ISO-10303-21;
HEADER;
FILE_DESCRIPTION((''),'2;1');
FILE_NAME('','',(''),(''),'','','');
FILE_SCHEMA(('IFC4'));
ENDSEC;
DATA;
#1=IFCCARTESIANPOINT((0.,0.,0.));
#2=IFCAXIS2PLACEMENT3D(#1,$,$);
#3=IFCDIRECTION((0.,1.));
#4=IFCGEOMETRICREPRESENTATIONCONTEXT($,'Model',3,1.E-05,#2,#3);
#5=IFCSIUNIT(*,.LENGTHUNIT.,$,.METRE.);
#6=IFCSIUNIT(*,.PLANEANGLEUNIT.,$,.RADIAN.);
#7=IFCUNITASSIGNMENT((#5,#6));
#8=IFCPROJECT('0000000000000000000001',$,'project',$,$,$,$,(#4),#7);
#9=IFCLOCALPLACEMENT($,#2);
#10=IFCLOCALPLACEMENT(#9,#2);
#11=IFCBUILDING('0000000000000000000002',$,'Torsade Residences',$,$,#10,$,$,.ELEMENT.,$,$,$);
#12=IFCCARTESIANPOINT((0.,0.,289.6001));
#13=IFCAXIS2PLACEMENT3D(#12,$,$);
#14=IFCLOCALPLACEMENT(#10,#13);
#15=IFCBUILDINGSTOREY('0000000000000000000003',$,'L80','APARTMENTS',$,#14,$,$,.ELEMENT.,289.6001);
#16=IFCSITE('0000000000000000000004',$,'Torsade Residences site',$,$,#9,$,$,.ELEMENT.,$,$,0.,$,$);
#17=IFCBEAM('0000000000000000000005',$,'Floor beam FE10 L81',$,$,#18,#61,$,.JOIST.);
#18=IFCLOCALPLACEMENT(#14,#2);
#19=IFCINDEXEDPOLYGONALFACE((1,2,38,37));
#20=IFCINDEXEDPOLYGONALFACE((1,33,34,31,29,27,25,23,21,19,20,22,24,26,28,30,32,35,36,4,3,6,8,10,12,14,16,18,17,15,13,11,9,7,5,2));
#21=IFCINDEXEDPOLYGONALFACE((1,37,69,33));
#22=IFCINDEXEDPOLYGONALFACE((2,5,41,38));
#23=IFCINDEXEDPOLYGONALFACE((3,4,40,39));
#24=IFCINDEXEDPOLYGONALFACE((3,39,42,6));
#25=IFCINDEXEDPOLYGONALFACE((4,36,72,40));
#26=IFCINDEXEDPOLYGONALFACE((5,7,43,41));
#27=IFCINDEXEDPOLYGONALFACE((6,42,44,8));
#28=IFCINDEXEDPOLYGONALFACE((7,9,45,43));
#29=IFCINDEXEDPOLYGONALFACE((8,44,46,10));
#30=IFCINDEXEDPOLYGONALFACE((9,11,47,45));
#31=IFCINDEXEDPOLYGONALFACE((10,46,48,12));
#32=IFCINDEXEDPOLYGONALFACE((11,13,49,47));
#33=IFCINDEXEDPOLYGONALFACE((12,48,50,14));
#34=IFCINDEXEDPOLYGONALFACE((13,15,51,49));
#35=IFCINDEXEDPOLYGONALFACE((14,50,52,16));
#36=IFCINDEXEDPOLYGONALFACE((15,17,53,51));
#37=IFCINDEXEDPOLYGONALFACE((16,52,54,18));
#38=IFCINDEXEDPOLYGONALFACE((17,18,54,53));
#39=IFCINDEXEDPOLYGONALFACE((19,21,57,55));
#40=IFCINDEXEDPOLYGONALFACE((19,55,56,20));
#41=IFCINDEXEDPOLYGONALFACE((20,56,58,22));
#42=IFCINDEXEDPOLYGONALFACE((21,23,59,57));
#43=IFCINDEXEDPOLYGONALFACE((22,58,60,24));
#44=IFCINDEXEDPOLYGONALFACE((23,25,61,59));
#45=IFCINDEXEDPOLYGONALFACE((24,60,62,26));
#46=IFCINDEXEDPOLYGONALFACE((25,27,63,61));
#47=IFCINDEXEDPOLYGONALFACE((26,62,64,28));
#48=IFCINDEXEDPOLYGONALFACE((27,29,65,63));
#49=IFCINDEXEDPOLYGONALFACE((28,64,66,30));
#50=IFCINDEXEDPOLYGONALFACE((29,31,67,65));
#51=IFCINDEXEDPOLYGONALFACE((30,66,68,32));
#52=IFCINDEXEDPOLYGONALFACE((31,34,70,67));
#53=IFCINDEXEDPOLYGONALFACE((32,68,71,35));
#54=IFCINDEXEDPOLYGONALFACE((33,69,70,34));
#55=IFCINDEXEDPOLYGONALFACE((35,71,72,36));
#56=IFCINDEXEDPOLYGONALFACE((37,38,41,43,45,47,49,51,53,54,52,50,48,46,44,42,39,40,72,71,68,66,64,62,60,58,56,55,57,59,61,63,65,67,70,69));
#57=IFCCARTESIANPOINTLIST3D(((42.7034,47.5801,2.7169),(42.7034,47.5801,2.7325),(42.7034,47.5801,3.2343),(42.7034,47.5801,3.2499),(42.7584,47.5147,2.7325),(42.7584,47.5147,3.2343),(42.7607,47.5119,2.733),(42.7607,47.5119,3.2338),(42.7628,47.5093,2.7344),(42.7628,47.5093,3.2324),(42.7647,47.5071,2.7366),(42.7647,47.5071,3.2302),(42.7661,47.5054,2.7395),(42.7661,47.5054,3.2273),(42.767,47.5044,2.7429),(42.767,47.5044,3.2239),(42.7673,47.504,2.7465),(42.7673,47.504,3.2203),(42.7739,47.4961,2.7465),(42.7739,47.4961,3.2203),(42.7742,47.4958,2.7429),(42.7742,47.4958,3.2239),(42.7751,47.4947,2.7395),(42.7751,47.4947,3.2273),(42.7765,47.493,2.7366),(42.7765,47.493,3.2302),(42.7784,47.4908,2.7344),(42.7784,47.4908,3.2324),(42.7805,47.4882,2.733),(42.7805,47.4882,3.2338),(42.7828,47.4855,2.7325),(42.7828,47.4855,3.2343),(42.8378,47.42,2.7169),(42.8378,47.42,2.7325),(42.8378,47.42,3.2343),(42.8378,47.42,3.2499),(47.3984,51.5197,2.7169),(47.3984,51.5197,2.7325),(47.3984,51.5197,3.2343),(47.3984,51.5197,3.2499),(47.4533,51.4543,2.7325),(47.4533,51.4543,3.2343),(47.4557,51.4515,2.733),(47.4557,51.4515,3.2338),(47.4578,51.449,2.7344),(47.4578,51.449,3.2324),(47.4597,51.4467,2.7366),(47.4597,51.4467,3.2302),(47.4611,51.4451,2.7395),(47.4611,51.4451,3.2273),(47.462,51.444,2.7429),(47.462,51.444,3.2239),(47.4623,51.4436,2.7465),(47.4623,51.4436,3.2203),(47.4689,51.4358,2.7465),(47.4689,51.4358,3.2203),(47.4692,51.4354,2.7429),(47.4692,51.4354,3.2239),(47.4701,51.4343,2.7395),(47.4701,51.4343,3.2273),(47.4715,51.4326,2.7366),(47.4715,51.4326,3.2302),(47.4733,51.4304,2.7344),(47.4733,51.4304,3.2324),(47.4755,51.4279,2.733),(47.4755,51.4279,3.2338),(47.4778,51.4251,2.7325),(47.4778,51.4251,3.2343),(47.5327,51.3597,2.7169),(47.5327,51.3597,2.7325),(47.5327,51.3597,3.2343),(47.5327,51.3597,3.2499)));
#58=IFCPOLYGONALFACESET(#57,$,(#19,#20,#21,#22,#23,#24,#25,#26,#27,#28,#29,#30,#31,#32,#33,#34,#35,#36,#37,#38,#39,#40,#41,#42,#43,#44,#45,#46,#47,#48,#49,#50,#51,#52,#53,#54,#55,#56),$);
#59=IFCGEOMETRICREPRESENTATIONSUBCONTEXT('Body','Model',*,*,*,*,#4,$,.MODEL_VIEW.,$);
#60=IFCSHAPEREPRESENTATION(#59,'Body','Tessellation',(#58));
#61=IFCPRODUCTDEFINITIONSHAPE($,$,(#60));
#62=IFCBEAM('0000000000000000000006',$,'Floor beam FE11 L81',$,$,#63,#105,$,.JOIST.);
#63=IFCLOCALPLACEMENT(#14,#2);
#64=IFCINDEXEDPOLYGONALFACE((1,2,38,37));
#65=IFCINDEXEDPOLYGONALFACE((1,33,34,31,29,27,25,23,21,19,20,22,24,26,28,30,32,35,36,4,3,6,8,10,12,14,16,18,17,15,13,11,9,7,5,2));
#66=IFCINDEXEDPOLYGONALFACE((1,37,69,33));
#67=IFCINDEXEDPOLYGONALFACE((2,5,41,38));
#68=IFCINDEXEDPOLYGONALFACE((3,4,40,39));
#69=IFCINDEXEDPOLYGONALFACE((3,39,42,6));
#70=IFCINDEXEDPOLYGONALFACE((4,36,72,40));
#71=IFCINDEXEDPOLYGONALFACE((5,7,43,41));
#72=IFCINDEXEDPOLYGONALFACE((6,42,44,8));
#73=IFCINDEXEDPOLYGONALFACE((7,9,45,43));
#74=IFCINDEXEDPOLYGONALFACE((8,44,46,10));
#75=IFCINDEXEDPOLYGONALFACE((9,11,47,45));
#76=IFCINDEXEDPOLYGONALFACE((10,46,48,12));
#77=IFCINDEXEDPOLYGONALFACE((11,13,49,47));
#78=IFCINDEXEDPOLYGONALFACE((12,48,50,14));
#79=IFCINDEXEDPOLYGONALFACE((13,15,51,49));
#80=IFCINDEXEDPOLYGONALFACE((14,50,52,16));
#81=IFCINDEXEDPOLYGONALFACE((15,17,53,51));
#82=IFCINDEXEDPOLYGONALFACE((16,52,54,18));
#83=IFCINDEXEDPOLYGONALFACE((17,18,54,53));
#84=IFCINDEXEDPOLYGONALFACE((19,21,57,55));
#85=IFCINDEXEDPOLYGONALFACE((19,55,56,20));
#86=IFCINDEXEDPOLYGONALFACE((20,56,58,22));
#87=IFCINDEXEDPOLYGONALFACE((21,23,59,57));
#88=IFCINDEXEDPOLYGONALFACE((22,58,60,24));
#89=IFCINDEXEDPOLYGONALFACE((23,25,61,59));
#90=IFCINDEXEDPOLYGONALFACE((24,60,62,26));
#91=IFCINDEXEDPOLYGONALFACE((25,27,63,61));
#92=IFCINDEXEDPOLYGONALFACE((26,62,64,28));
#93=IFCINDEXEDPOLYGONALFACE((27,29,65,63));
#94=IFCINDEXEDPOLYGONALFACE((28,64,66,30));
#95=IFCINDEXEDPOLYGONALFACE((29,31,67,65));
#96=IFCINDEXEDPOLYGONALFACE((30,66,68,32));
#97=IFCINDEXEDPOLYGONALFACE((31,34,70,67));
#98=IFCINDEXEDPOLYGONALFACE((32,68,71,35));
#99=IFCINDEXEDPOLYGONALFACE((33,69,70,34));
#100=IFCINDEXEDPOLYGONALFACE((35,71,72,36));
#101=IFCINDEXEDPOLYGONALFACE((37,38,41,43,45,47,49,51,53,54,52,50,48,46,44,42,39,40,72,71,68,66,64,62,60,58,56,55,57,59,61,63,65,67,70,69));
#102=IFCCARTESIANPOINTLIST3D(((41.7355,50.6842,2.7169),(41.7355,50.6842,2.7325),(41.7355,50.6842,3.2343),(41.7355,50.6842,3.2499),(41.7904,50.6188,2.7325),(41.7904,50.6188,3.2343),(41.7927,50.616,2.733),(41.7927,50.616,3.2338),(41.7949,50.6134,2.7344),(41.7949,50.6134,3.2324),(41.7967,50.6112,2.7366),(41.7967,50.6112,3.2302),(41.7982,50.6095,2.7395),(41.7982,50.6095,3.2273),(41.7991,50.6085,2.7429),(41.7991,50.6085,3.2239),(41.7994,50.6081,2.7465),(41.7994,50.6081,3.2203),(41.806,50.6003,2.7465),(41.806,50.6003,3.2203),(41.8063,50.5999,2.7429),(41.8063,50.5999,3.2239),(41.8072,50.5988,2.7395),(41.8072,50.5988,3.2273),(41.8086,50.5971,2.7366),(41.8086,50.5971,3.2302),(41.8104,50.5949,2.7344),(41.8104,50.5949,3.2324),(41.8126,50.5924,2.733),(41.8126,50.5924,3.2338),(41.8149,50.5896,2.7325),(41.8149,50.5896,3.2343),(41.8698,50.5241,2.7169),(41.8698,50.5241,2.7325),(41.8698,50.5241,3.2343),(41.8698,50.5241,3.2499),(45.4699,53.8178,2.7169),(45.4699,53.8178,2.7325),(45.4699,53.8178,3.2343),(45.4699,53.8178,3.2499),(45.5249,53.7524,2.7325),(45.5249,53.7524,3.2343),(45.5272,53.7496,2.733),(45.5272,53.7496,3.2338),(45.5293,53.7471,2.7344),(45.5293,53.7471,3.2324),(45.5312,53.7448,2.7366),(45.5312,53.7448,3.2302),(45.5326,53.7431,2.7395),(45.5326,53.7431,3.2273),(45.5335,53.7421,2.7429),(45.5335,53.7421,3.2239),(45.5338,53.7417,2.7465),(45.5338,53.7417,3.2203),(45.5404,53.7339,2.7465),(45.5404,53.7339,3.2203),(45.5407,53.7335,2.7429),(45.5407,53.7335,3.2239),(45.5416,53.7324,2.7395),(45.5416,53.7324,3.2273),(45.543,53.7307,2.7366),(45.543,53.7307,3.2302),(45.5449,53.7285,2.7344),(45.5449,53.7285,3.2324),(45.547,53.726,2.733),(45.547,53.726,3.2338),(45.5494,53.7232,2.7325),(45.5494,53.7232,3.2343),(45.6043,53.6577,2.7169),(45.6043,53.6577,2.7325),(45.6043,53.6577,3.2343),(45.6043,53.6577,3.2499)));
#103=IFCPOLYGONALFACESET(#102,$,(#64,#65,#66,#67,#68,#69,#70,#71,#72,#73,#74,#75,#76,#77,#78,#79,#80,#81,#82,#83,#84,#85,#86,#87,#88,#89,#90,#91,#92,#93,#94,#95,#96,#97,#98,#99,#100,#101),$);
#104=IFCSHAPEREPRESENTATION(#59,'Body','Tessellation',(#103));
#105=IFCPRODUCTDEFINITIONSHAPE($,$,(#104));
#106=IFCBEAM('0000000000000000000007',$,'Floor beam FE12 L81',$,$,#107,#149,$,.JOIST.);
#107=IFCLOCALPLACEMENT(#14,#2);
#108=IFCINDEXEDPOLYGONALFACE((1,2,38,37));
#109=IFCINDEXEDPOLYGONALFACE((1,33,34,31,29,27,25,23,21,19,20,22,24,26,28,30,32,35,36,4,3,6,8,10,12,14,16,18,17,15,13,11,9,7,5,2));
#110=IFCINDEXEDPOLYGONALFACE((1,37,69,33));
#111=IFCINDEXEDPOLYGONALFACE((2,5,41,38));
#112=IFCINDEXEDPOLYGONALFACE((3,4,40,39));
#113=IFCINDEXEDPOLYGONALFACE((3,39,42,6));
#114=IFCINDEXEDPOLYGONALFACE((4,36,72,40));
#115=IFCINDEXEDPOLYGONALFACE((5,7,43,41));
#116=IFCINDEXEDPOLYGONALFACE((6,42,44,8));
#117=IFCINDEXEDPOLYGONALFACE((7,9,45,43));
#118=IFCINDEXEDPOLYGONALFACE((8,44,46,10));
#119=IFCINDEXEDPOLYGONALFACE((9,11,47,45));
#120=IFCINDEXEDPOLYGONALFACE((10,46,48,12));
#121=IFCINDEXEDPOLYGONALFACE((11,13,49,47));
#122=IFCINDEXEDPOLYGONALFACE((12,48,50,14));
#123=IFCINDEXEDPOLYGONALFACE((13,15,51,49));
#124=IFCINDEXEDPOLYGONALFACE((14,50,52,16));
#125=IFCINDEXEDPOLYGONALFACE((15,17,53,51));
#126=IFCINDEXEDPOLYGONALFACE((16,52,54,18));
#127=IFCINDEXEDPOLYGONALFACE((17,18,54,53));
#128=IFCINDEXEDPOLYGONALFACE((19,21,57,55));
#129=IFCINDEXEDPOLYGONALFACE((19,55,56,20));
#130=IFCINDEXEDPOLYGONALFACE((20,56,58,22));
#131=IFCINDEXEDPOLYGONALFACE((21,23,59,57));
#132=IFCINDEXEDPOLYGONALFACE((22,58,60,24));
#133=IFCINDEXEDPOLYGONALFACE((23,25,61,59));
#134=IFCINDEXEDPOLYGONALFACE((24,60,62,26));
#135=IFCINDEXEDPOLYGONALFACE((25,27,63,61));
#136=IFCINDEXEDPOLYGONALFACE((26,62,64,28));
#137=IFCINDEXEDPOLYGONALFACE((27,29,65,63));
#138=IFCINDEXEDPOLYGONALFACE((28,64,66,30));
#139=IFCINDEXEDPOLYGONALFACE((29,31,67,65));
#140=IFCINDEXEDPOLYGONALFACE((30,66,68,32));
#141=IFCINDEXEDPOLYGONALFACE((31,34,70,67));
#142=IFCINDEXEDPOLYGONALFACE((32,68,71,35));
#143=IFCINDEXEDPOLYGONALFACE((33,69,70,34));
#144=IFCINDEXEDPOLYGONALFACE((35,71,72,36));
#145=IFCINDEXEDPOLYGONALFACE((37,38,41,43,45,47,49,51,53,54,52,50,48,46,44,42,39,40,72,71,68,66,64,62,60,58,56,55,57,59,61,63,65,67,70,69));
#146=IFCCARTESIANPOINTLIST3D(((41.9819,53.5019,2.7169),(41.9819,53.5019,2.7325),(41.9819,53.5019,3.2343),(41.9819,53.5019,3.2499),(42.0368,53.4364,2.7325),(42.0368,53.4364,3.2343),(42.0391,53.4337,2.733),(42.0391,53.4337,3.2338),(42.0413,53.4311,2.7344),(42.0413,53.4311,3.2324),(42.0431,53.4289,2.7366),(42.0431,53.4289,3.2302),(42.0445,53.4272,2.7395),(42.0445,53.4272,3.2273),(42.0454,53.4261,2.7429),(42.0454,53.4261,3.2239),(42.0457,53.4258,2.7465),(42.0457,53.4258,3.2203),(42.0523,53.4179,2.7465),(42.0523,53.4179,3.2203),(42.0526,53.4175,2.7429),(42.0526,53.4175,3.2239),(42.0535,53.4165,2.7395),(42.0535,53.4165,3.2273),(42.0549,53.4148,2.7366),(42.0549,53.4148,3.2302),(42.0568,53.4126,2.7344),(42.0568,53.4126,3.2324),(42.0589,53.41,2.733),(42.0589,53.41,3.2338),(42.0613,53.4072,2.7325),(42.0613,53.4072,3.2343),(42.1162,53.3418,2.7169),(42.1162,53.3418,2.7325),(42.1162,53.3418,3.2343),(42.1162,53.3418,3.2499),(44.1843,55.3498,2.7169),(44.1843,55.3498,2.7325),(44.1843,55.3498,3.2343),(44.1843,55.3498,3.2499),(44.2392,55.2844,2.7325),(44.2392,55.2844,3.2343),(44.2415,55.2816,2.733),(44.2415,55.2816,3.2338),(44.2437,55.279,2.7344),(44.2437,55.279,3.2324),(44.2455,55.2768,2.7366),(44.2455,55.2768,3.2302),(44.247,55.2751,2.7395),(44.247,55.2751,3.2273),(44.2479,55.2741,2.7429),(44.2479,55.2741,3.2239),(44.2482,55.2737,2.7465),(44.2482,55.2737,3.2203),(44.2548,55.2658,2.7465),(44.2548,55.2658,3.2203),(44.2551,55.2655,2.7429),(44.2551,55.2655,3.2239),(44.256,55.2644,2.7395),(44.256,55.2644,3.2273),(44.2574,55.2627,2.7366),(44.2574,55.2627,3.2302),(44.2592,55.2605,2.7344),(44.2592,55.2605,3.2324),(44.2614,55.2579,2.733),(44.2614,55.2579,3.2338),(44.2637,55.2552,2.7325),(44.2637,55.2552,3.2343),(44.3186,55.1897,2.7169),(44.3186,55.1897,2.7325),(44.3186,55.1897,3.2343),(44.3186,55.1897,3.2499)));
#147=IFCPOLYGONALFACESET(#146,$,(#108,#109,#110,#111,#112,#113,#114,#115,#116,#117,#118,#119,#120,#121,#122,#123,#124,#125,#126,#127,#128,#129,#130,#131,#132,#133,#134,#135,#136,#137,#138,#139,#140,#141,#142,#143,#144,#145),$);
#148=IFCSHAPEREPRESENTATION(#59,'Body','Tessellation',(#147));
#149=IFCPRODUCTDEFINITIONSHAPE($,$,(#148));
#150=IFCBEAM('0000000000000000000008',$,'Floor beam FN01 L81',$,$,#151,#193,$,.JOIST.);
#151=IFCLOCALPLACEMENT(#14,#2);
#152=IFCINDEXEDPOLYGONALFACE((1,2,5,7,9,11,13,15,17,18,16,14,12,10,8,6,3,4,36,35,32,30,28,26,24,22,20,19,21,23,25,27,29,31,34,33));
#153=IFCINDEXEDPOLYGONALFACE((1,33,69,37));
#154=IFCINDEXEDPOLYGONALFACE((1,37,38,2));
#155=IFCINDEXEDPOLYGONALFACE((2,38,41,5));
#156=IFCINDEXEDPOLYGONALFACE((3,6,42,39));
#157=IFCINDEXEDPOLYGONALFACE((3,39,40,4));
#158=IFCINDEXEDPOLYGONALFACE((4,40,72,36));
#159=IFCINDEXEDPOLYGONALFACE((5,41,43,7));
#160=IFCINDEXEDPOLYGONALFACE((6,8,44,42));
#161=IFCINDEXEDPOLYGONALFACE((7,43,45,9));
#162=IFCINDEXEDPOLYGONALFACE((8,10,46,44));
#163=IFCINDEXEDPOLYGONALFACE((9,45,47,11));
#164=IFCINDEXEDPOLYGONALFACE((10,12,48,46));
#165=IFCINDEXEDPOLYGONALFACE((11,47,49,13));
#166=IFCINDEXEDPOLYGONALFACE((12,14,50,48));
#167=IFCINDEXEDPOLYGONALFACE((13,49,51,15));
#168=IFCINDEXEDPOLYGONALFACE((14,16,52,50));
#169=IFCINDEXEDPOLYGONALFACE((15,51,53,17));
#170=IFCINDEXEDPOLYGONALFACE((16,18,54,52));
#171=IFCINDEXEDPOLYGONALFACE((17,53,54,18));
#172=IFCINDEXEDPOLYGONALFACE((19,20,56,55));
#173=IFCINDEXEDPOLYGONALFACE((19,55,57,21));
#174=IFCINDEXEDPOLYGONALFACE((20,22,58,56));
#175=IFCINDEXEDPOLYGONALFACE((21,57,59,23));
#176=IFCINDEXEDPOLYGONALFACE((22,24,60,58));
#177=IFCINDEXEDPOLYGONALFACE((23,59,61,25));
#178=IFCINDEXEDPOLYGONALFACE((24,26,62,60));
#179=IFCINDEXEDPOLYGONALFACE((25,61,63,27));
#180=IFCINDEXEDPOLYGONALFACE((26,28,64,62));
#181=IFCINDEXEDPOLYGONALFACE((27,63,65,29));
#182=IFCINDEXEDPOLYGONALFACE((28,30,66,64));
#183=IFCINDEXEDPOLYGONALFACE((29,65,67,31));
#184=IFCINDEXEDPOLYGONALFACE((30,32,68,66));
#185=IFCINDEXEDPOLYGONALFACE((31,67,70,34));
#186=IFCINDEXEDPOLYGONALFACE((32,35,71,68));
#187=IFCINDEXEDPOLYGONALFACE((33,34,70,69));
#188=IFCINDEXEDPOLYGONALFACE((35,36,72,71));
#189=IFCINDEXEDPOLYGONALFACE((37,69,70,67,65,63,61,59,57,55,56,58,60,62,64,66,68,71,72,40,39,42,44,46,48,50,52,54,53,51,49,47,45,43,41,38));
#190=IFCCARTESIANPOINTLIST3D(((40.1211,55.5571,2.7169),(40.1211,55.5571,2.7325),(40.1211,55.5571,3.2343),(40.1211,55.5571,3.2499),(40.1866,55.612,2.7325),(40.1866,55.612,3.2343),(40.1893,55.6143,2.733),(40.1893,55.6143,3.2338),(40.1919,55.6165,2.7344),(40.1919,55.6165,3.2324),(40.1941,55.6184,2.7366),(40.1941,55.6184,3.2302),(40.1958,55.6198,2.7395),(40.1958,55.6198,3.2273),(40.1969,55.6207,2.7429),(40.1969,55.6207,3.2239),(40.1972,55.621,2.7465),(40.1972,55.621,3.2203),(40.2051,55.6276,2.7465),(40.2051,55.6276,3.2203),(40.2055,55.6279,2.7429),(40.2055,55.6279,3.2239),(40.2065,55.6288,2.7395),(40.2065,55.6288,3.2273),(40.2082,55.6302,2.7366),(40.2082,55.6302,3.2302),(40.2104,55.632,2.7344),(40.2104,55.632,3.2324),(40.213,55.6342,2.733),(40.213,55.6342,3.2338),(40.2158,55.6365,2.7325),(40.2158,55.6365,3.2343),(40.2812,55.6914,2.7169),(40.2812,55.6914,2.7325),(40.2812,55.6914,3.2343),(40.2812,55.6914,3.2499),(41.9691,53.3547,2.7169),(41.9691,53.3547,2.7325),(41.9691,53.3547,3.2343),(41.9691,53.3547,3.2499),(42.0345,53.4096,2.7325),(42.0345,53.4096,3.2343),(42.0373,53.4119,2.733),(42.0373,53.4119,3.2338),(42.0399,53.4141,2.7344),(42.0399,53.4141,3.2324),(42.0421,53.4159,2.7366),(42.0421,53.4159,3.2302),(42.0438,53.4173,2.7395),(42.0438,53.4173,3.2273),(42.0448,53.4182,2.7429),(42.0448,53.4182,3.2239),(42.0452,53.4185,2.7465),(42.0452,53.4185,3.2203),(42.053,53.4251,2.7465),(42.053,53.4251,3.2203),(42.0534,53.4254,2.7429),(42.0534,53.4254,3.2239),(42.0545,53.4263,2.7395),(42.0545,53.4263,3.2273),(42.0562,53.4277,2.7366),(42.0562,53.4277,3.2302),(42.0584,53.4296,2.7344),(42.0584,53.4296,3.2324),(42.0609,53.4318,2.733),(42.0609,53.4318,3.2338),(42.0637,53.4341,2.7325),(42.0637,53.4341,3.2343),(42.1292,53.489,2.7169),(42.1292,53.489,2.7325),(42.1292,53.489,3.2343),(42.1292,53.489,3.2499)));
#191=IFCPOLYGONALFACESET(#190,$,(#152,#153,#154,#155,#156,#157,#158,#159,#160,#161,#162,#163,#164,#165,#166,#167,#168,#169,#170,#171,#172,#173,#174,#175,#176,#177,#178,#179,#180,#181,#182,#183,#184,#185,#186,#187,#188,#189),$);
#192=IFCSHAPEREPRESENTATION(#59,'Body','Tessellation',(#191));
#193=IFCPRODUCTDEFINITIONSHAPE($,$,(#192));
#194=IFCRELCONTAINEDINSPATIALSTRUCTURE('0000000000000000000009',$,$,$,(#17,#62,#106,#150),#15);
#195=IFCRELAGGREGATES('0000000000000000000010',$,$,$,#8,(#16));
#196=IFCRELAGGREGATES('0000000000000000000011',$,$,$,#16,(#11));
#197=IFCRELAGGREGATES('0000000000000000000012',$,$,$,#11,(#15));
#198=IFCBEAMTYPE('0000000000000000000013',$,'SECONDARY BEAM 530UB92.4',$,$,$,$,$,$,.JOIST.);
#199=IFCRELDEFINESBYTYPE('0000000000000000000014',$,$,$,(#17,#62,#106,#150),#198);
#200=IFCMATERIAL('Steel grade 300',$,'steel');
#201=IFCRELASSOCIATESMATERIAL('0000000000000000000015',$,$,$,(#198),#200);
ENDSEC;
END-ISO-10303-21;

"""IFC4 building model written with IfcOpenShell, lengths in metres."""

from ifc_helpers import new_model, si_unit, direction, frame, origin, origin_2d, place, context, subcontext, project, spatial, i_section, extrude, material, material_profile, profile_set, type_object, element, save


model = new_model("IFC4")

# Units and contexts
model_context = context("Model", 3, precision=1e-05, world=origin(), true_north=direction((0.0, 1.0)))
body_context = subcontext(model_context, "Body", "Model", "MODEL_VIEW")
ifc_project = project(units=[si_unit("LENGTHUNIT", "METRE"), si_unit("PLANEANGLEUNIT", "RADIAN")], contexts=[model_context])

# Site, building, storey
site_placement = place(None, origin())
site = spatial("IfcSite", under=ifc_project, at=site_placement, Name="Torsade Residences site", CompositionType="ELEMENT", RefElevation=0.0)
building_placement = place(site_placement, origin())
building = spatial("IfcBuilding", under=site, at=building_placement, Name="Torsade Residences", CompositionType="ELEMENT")
storey_placement = place(building_placement, frame((0.0, 0.0, 289.6001)))
storey = spatial("IfcBuildingStorey", under=building, at=storey_placement, Name="L80", Description="APARTMENTS", CompositionType="ELEMENT", Elevation=289.6001)

# Beams
ifc_material_1 = material(Name="Steel grade 300", Category="steel")
ifc_material_profile_1 = material_profile(ifc_material_1, i_section(OverallWidth=0.209, OverallDepth=0.533, WebThickness=0.0103, FlangeThickness=0.0156, FilletRadius=0.0139, at=origin_2d()), Name="530UB92.4")
ifc_profile_set_1 = profile_set([ifc_material_profile_1], Name="Steel grade 300")
beam_type_1 = type_object("IfcBeamType", Name="SECONDARY BEAM 530UB92.4", PredefinedType="JOIST", material=ifc_profile_set_1)
beam_1_placement = place(storey_placement, frame((47.4656, 51.4397, 2.9834), z_axis=(-0.766039, -0.642794, 0.0), x_axis=(0.642794, -0.766039, 0.0)))
element("IfcBeam", 1, at=beam_1_placement, inside=storey, type_object=beam_type_1, Name="Floor beam FE10 L81", PredefinedType="JOIST", context=body_context, shape_type="SweptSolid", body=[
    extrude(i_section(OverallWidth=0.209, OverallDepth=0.533, WebThickness=0.0103, FlangeThickness=0.0156, FilletRadius=0.0139, at=origin_2d()), origin(), (0.0, 0.0, 1.0), 6.1289),
])
beam_2_placement = place(storey_placement, frame((45.5371, 53.7378, 2.9834), z_axis=(-0.766041, -0.642791, 0.0), x_axis=(0.642791, -0.766041, 0.0)))
element("IfcBeam", 2, at=beam_2_placement, inside=storey, type_object=beam_type_1, Name="Floor beam FE11 L81", PredefinedType="JOIST", context=body_context, shape_type="SweptSolid", body=[
    extrude(i_section(OverallWidth=0.209, OverallDepth=0.533, WebThickness=0.0103, FlangeThickness=0.0156, FilletRadius=0.0139, at=origin_2d()), origin(), (0.0, 0.0, 1.0), 4.875),
])
for number, where, z_axis, x_axis, name in (
    (3, (44.2515, 55.2698, 2.9834), (-0.766066, -0.642762, 0.0), (0.642762, -0.766066, 0.0), "Floor beam FE12 L81"),
    (4, (40.2012, 55.6243, 2.9834), (0.642762, -0.766066, 0.0), (0.766066, 0.642762, 0.0), "Floor beam FN01 L81"),
):
    element("IfcBeam", number, at=place(storey_placement, frame(where, z_axis=z_axis, x_axis=x_axis)), inside=storey, type_object=beam_type_1, Name=name, PredefinedType="JOIST", context=body_context, shape_type="SweptSolid", body=[
        extrude(i_section(OverallWidth=0.209, OverallDepth=0.533, WebThickness=0.0103, FlangeThickness=0.0156, FilletRadius=0.0139, at=origin_2d()), origin(), (0.0, 0.0, 1.0), 2.875),
    ])

save(model, "model.ifc")
